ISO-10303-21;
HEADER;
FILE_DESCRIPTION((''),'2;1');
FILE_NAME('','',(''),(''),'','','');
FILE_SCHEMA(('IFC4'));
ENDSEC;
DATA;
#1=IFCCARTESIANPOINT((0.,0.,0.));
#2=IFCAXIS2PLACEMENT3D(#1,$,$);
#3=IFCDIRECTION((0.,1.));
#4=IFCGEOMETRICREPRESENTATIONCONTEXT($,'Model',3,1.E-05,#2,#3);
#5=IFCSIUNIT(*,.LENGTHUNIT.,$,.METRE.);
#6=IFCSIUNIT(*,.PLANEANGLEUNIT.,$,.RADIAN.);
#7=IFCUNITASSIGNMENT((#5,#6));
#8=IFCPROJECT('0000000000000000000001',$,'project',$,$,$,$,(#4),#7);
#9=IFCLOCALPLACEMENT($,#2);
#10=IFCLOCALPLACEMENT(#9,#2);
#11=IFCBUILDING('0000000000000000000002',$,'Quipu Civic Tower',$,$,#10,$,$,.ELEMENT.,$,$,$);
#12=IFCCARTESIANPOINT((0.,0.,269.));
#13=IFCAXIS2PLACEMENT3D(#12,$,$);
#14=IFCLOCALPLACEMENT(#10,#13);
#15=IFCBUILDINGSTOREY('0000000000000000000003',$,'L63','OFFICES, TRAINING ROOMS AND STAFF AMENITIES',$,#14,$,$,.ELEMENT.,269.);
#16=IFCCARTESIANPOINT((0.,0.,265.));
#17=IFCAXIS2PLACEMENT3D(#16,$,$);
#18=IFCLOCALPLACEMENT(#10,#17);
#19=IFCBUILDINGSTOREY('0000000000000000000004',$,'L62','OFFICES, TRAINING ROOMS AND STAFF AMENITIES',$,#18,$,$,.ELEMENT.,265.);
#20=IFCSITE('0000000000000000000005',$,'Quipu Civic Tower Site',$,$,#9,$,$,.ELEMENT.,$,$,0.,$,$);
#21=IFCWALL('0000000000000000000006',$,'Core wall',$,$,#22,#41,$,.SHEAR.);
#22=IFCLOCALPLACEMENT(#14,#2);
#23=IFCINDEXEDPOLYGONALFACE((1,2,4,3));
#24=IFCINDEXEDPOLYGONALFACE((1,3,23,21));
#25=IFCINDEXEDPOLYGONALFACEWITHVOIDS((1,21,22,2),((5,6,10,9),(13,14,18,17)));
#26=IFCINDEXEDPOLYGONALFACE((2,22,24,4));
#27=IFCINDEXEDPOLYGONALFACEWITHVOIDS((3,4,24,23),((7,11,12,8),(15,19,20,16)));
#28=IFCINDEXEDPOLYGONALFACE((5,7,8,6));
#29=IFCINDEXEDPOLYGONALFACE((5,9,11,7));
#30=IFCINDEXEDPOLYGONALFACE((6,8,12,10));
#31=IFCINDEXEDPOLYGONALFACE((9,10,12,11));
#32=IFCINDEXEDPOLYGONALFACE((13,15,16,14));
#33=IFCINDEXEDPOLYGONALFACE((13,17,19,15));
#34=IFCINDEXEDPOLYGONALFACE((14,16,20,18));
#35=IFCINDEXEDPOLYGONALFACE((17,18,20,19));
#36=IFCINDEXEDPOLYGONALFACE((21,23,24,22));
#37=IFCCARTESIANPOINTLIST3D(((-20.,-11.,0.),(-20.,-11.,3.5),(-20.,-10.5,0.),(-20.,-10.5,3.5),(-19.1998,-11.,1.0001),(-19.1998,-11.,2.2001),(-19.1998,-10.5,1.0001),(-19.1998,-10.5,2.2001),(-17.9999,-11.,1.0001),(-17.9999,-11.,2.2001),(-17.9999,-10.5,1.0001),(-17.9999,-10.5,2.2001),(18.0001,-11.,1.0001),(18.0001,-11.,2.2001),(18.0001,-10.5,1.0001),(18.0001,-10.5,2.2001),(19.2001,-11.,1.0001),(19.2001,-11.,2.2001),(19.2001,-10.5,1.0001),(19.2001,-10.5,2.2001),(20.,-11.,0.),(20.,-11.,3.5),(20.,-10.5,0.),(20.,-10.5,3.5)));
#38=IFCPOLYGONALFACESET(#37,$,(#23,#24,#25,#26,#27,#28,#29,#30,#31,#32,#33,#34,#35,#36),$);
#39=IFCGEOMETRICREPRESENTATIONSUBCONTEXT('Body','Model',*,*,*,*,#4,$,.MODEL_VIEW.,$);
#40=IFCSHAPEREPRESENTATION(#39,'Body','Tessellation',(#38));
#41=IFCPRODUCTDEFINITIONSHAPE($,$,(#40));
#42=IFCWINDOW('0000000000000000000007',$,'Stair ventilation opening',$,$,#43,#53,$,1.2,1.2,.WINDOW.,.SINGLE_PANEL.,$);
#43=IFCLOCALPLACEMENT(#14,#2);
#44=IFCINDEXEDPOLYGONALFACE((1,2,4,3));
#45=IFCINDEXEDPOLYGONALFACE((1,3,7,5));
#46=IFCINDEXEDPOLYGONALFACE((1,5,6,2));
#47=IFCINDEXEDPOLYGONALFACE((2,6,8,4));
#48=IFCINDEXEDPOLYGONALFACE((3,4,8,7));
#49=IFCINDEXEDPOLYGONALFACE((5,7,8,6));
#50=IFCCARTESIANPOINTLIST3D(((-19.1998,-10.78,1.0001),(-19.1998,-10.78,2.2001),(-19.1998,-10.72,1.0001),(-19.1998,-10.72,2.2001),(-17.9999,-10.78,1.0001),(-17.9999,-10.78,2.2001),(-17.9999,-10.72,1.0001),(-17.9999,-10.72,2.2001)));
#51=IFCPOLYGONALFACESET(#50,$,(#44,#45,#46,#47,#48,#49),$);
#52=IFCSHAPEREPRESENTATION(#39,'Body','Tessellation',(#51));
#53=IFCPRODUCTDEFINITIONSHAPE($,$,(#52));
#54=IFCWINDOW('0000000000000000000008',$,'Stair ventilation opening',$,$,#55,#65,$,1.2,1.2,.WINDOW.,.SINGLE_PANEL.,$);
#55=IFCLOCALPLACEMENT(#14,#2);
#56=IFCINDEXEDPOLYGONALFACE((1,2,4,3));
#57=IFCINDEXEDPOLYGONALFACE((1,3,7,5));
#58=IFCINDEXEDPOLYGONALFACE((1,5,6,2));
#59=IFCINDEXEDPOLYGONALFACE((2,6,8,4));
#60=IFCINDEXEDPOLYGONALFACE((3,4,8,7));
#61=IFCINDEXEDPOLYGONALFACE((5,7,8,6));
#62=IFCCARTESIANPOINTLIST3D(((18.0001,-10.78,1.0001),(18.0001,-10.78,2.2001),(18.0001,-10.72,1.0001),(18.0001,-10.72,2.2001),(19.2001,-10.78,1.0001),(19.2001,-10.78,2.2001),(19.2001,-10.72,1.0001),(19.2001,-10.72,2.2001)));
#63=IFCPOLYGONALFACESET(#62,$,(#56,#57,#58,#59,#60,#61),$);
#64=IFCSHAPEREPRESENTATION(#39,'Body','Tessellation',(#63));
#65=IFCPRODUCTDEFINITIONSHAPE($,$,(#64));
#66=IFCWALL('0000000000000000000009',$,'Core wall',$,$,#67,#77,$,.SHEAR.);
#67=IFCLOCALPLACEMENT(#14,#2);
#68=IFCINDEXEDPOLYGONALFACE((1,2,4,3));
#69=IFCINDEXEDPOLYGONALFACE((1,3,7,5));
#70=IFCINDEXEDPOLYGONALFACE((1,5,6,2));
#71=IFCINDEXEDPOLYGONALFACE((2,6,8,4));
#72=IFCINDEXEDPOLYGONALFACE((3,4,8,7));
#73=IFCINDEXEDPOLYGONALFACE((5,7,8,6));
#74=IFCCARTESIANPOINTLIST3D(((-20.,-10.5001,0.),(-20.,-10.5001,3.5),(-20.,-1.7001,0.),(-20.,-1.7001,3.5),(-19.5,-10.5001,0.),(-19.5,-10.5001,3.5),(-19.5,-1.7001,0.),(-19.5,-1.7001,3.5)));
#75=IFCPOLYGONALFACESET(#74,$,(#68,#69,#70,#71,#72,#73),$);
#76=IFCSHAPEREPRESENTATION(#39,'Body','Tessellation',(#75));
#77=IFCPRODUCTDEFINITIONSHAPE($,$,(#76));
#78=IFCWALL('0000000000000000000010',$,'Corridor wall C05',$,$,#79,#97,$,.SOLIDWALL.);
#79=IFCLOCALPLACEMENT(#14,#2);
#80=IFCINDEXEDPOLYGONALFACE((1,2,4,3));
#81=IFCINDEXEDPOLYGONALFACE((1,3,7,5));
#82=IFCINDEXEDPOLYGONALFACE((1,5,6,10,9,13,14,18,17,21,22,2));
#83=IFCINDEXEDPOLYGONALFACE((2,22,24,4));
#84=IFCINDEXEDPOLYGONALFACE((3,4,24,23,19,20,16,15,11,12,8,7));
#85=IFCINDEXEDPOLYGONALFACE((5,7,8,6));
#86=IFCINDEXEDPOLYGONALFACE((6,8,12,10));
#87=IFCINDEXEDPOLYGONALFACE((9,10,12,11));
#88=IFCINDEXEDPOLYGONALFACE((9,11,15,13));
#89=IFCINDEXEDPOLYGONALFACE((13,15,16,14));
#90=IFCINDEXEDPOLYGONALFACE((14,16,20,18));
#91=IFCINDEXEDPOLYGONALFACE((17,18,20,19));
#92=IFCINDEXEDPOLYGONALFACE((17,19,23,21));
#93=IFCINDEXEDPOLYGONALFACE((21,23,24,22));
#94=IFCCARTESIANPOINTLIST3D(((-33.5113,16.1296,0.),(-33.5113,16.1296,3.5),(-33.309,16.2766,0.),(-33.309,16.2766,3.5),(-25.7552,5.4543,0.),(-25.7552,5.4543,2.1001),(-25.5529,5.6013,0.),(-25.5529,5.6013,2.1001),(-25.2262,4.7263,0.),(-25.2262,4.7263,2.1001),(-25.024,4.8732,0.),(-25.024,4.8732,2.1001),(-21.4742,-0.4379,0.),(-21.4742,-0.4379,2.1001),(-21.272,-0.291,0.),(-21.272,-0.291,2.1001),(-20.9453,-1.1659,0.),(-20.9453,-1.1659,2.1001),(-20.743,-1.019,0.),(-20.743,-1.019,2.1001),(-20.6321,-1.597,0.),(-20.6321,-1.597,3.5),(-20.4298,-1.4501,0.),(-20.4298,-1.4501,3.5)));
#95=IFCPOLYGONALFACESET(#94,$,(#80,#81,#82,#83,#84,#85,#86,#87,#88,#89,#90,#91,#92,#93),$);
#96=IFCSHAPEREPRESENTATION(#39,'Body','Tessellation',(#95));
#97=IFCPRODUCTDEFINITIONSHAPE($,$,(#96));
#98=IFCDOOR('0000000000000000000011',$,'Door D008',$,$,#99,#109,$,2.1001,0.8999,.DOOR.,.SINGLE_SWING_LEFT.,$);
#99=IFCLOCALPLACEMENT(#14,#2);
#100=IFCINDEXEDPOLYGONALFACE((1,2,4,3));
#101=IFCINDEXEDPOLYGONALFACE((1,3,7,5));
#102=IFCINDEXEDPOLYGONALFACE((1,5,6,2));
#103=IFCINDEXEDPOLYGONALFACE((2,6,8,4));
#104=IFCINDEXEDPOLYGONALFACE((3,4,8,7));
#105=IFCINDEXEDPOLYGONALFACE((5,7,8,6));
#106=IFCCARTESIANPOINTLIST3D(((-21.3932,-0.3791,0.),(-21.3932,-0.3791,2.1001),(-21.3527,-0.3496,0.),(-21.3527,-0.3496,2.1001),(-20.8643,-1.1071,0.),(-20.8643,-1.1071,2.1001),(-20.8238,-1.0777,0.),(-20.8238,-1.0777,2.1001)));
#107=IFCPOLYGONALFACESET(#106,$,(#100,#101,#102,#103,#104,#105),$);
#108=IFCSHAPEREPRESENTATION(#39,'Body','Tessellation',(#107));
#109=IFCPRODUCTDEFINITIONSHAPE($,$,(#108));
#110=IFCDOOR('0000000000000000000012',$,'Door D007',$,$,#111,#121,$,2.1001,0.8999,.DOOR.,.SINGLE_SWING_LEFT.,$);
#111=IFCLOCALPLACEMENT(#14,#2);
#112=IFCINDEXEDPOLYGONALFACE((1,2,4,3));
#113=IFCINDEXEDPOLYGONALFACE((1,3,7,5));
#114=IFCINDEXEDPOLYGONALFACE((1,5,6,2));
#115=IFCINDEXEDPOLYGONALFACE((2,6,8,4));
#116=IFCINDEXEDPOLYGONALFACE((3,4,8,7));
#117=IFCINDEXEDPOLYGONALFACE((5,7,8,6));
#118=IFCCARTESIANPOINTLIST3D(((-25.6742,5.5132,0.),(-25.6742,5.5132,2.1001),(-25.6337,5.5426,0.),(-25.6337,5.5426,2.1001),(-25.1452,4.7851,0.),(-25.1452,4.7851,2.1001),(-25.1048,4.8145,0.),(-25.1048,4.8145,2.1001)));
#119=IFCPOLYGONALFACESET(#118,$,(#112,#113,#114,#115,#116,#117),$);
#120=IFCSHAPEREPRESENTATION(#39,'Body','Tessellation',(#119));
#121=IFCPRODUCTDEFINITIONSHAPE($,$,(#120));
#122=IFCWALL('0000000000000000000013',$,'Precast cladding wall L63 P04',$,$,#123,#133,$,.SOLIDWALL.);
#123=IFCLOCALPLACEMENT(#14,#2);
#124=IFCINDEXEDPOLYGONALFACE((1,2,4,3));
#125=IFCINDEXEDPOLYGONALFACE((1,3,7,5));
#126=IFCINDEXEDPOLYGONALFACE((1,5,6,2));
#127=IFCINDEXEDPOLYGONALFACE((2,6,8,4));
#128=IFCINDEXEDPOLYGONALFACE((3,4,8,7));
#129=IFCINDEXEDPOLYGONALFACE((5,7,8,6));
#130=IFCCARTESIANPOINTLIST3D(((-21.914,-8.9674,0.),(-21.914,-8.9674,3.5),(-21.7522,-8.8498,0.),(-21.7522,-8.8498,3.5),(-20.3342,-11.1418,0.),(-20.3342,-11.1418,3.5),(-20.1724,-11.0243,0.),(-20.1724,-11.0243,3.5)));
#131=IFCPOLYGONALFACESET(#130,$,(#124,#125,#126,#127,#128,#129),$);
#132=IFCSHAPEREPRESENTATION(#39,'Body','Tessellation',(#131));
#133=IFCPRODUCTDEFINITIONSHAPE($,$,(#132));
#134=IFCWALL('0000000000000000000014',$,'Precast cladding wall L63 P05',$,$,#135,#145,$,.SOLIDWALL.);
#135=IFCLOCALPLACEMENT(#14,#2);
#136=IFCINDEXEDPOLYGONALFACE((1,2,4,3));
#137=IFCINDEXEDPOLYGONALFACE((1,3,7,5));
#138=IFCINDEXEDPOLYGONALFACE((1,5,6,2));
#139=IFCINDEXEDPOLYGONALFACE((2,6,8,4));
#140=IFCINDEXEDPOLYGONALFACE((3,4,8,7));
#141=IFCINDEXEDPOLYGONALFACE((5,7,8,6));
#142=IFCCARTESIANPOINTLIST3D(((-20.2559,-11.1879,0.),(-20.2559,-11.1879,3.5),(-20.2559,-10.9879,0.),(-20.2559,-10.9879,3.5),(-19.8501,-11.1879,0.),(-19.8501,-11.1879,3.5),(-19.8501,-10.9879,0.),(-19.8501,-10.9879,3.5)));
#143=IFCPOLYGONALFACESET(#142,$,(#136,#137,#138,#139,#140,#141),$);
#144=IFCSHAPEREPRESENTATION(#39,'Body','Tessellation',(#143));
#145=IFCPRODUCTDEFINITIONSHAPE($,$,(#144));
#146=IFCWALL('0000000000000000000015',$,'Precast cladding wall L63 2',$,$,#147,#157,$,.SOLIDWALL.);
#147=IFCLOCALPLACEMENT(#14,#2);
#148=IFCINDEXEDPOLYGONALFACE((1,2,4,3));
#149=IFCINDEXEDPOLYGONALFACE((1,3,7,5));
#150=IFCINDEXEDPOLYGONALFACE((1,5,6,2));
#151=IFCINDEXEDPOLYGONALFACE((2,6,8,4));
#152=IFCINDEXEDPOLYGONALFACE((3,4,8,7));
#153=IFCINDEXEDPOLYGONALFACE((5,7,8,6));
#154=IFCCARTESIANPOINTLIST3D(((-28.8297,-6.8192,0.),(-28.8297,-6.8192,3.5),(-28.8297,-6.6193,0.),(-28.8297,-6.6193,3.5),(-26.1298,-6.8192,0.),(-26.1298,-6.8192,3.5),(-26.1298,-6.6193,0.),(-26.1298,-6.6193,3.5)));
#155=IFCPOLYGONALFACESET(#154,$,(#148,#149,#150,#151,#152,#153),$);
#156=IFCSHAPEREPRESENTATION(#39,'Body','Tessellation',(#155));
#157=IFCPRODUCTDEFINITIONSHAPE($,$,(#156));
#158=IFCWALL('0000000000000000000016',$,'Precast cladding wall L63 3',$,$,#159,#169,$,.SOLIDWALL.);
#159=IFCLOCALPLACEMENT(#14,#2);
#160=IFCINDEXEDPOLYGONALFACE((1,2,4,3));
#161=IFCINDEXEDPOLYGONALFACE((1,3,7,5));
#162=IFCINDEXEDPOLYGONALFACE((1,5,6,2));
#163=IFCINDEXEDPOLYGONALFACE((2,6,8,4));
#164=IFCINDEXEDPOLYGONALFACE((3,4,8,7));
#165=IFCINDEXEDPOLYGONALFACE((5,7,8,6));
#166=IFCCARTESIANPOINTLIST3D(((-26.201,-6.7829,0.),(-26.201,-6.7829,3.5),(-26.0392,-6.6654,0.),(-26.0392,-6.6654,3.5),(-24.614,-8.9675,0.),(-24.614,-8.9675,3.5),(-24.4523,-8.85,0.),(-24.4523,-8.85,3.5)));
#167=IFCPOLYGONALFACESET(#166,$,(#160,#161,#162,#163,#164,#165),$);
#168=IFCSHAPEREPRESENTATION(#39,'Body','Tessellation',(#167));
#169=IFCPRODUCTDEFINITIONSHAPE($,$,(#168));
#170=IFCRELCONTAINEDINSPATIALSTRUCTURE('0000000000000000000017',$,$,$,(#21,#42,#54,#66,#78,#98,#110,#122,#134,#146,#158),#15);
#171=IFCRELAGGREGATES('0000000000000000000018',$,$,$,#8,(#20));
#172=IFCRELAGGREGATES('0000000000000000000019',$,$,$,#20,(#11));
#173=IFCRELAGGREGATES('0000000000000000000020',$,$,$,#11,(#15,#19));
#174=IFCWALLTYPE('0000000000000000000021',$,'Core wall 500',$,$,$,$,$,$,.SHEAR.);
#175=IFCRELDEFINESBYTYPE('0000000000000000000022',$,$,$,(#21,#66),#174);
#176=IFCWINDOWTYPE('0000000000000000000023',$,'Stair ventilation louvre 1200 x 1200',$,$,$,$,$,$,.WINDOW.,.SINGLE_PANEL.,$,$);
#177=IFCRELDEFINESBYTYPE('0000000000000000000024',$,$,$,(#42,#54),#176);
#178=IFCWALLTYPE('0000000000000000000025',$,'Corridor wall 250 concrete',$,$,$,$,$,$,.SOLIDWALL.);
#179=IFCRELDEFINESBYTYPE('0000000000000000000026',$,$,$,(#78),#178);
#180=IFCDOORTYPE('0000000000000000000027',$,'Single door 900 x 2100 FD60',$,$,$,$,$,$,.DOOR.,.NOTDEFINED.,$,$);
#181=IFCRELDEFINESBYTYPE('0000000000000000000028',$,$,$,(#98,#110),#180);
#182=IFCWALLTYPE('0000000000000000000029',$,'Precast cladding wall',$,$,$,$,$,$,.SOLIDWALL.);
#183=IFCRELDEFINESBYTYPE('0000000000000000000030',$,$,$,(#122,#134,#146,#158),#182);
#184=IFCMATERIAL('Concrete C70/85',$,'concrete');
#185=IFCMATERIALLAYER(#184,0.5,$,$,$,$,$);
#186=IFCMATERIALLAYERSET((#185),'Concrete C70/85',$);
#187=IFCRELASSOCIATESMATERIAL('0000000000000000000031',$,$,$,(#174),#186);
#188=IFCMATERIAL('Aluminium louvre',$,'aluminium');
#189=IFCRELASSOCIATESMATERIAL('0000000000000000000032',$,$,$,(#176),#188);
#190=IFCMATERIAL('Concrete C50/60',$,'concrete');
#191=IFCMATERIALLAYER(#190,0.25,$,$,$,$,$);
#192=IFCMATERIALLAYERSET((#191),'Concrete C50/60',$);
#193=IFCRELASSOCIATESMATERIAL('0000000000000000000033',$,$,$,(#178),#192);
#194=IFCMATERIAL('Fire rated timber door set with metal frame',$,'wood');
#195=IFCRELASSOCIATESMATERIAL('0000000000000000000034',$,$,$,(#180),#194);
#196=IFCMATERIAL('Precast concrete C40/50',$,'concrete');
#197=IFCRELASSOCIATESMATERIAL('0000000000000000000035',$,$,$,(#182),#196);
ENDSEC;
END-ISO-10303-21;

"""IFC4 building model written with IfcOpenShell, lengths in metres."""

from ifc_helpers import new_model, si_unit, direction, frame, frame_2d, origin, place, context, subcontext, project, spatial, rectangle, extrude, material, layer, layer_set, type_object, element, fill, save


model = new_model("IFC4")

# Units and contexts
model_context = context("Model", 3, precision=1e-05, world=origin(), true_north=direction((0.0, 1.0)))
body_context = subcontext(model_context, "Body", "Model", "MODEL_VIEW")
ifc_project = project(units=[si_unit("LENGTHUNIT", "METRE"), si_unit("PLANEANGLEUNIT", "RADIAN")], contexts=[model_context])

# Site, building, storey
site_placement = place(None, origin())
site = spatial("IfcSite", under=ifc_project, at=site_placement, Name="Quipu Civic Tower Site", CompositionType="ELEMENT", RefElevation=0.0)
building_placement = place(site_placement, origin())
building = spatial("IfcBuilding", under=site, at=building_placement, Name="Quipu Civic Tower", CompositionType="ELEMENT")
storey_1_placement = place(building_placement, frame((0.0, 0.0, 269.0)))
storey_1 = spatial("IfcBuildingStorey", under=building, at=storey_1_placement, Name="L63", Description="OFFICES, TRAINING ROOMS AND STAFF AMENITIES", CompositionType="ELEMENT", Elevation=269.0)

# Shared definitions
storey_2_placement = place(building_placement, frame((0.0, 0.0, 265.0)))
storey_2 = spatial("IfcBuildingStorey", under=building, at=storey_2_placement, Name="L62", Description="OFFICES, TRAINING ROOMS AND STAFF AMENITIES", CompositionType="ELEMENT", Elevation=265.0)

# Wall, openings, windows
ifc_material_1 = material(Name="Concrete C70/85", Category="concrete")
ifc_layer_1 = layer(ifc_material_1, 0.5)
ifc_layer_set_1 = layer_set([ifc_layer_1], Name="Concrete C70/85")
wall_type_1 = type_object("IfcWallType", Name="Core wall 500", PredefinedType="SHEAR", material=ifc_layer_set_1)
wall_1_placement = place(storey_1_placement, frame((-20.0, -10.75, 0.0), z_axis=(0.0, 0.0, 1.0), x_axis=(1.0, 0.0, 0.0)))
wall_1 = element("IfcWall", 1, at=wall_1_placement, inside=storey_1, type_object=wall_type_1, Name="Core wall", PredefinedType="SHEAR", context=body_context, shape_type="SweptSolid", body=[
    extrude(rectangle(XDim=40.0, YDim=0.5, at=frame_2d((20.0, 0.0))), origin(), (0.0, 0.0, 1.0), 3.5),
])
opening_1_placement = place(wall_1_placement, frame((0.8, 0.0, 1.0)))
opening_1 = element("IfcOpeningElement", 2, at=opening_1_placement, cuts=wall_1, PredefinedType="OPENING", context=body_context, shape_type="SweptSolid", body=[
    extrude(rectangle(XDim=1.2, YDim=1.2, at=frame_2d((0.6001, 0.6001))), frame((0.0, 0.26, 0.0), z_axis=(0.0, -1.0, 0.0), x_axis=(1.0, 0.0, 0.0)), (0.0, 0.0, 1.0), 0.52),
])
opening_2_placement = place(wall_1_placement, frame((38.0, 0.0, 1.0)))
opening_2 = element("IfcOpeningElement", 3, at=opening_2_placement, cuts=wall_1, PredefinedType="OPENING", context=body_context, shape_type="SweptSolid", body=[
    extrude(rectangle(XDim=1.2, YDim=1.2, at=frame_2d((0.6001, 0.6001))), frame((0.0, 0.26, 0.0), z_axis=(0.0, -1.0, 0.0), x_axis=(1.0, 0.0, 0.0)), (0.0, 0.0, 1.0), 0.52),
])
ifc_material_2 = material(Name="Aluminium louvre", Category="aluminium")
window_type = type_object("IfcWindowType", Name="Stair ventilation louvre 1200 x 1200", PartitioningType="SINGLE_PANEL", PredefinedType="WINDOW", material=ifc_material_2)
window_1_placement = place(opening_1_placement, origin())
window_1 = element("IfcWindow", 4, at=window_1_placement, inside=storey_1, type_object=window_type, Name="Stair ventilation opening", OverallHeight=1.2, OverallWidth=1.2, PartitioningType="SINGLE_PANEL", PredefinedType="WINDOW", context=body_context, shape_type="SweptSolid", body=[
    extrude(rectangle(XDim=1.2, YDim=1.2, at=frame_2d((0.6001, 0.6001))), frame((0.0, 0.03, 0.0), z_axis=(0.0, -1.0, 0.0), x_axis=(1.0, 0.0, 0.0)), (0.0, 0.0, 1.0), 0.0601),
])
fill(opening_1, window_1)
window_2_placement = place(opening_2_placement, origin())
window_2 = element("IfcWindow", 5, at=window_2_placement, inside=storey_1, type_object=window_type, Name="Stair ventilation opening", OverallHeight=1.2, OverallWidth=1.2, PartitioningType="SINGLE_PANEL", PredefinedType="WINDOW", context=body_context, shape_type="SweptSolid", body=[
    extrude(rectangle(XDim=1.2, YDim=1.2, at=frame_2d((0.6001, 0.6001))), frame((0.0, 0.03, 0.0), z_axis=(0.0, -1.0, 0.0), x_axis=(1.0, 0.0, 0.0)), (0.0, 0.0, 1.0), 0.0601),
])
fill(opening_2, window_2)

# Wall
wall_2_placement = place(storey_1_placement, frame((-19.75, -10.5, 0.0), z_axis=(0.0, 0.0, 1.0), x_axis=(0.0, 1.0, 0.0)))
element("IfcWall", 6, at=wall_2_placement, inside=storey_1, type_object=wall_type_1, Name="Core wall", PredefinedType="SHEAR", context=body_context, shape_type="SweptSolid", body=[
    extrude(rectangle(XDim=8.8, YDim=0.5, at=frame_2d((4.3999, 0.0))), origin(), (0.0, 0.0, 1.0), 3.5),
])

# Wall, openings, doors
ifc_material_3 = material(Name="Concrete C50/60", Category="concrete")
ifc_layer_2 = layer(ifc_material_3, 0.25)
ifc_layer_set_2 = layer_set([ifc_layer_2], Name="Concrete C50/60")
wall_type_2 = type_object("IfcWallType", Name="Corridor wall 250 concrete", PredefinedType="SOLIDWALL", material=ifc_layer_set_2)
wall_3_placement = place(storey_1_placement, frame((-20.531, -1.5234, 0.0), z_axis=(0.0, 0.0, 1.0), x_axis=(-0.587787, 0.809016, 0.0)))
wall_3 = element("IfcWall", 7, at=wall_3_placement, inside=storey_1, type_object=wall_type_2, Name="Corridor wall C05", PredefinedType="SOLIDWALL", context=body_context, shape_type="SweptSolid", body=[
    extrude(rectangle(XDim=21.9114, YDim=0.25, at=frame_2d((10.9556, 0.0))), origin(), (0.0, 0.0, 1.0), 3.5),
])
opening_3_placement = place(wall_3_placement, frame((0.5327, 0.0, 0.0)))
opening_3 = element("IfcOpeningElement", 8, at=opening_3_placement, cuts=wall_3, PredefinedType="OPENING", context=body_context, shape_type="SweptSolid", body=[
    extrude(rectangle(XDim=0.8999, YDim=2.1001, at=frame_2d((0.45, 1.05))), frame((0.0, 0.135, 0.0), z_axis=(0.0, -1.0, 0.0), x_axis=(1.0, 0.0, 0.0)), (0.0, 0.0, 1.0), 0.27),
])
opening_4_placement = place(wall_3_placement, frame((7.8159, 0.0, 0.0)))
opening_4 = element("IfcOpeningElement", 9, at=opening_4_placement, cuts=wall_3, PredefinedType="OPENING", context=body_context, shape_type="SweptSolid", body=[
    extrude(rectangle(XDim=0.8999, YDim=2.1001, at=frame_2d((0.45, 1.05))), frame((0.0, 0.135, 0.0), z_axis=(0.0, -1.0, 0.0), x_axis=(1.0, 0.0, 0.0)), (0.0, 0.0, 1.0), 0.27),
])
ifc_material_4 = material(Name="Fire rated timber door set with metal frame", Category="wood")
door_type = type_object("IfcDoorType", Name="Single door 900 x 2100 FD60", OperationType="NOTDEFINED", PredefinedType="DOOR", material=ifc_material_4)
door_1_placement = place(opening_3_placement, origin())
door_1 = element("IfcDoor", 10, at=door_1_placement, inside=storey_1, type_object=door_type, Name="Door D008", OperationType="SINGLE_SWING_LEFT", OverallHeight=2.1001, OverallWidth=0.8999, PredefinedType="DOOR", context=body_context, shape_type="SweptSolid", body=[
    extrude(rectangle(XDim=0.8999, YDim=2.1001, at=frame_2d((0.45, 1.05))), frame((0.0, 0.0249, 0.0), z_axis=(0.0, -1.0, 0.0), x_axis=(1.0, 0.0, 0.0)), (0.0, 0.0, 1.0), 0.05),
])
fill(opening_3, door_1)
door_2_placement = place(opening_4_placement, origin())
door_2 = element("IfcDoor", 11, at=door_2_placement, inside=storey_1, type_object=door_type, Name="Door D007", OperationType="SINGLE_SWING_LEFT", OverallHeight=2.1001, OverallWidth=0.8999, PredefinedType="DOOR", context=body_context, shape_type="SweptSolid", body=[
    extrude(rectangle(XDim=0.8999, YDim=2.1001, at=frame_2d((0.45, 1.05))), frame((0.0, 0.0249, 0.0), z_axis=(0.0, -1.0, 0.0), x_axis=(1.0, 0.0, 0.0)), (0.0, 0.0, 1.0), 0.05),
])
fill(opening_4, door_2)

# Walls
ifc_material_5 = material(Name="Precast concrete C40/50", Category="concrete")
wall_type_3 = type_object("IfcWallType", Name="Precast cladding wall", PredefinedType="SOLIDWALL", material=ifc_material_5)
wall_4_placement = place(storey_1_placement, frame((-21.833, -8.9087, 0.0), z_axis=(0.0, 0.0, 1.0), x_axis=(0.587767, -0.809031, 0.0)))
element("IfcWall", 12, at=wall_4_placement, inside=storey_1, type_object=wall_type_3, Name="Precast cladding wall L63 P04", PredefinedType="SOLIDWALL", context=body_context, shape_type="SweptSolid", body=[
    extrude(rectangle(XDim=2.6877, YDim=0.2, at=frame_2d((1.3438, 0.0))), origin(), (0.0, 0.0, 1.0), 3.5),
])
wall_5_placement = place(storey_1_placement, frame((-20.2559, -11.0879, 0.0), z_axis=(0.0, 0.0, 1.0), x_axis=(1.0, 0.0, 0.0)))
element("IfcWall", 13, at=wall_5_placement, inside=storey_1, type_object=wall_type_3, Name="Precast cladding wall L63 P05", PredefinedType="SOLIDWALL", context=body_context, shape_type="SweptSolid", body=[
    extrude(rectangle(XDim=0.4058, YDim=0.2, at=frame_2d((0.2029, 0.0))), origin(), (0.0, 0.0, 1.0), 3.5),
])
wall_6_placement = place(storey_1_placement, frame((-28.8298, -6.7192, 0.0), z_axis=(0.0, 0.0, 1.0), x_axis=(1.0, 0.0, 0.0)))
element("IfcWall", 14, at=wall_6_placement, inside=storey_1, type_object=wall_type_3, Name="Precast cladding wall L63 2", PredefinedType="SOLIDWALL", context=body_context, shape_type="SweptSolid", body=[
    extrude(rectangle(XDim=2.7, YDim=0.2, at=frame_2d((1.3501, 0.0))), origin(), (0.0, 0.0, 1.0), 3.5),
])
wall_7_placement = place(storey_1_placement, frame((-26.1201, -6.7241, 0.0), z_axis=(0.0, 0.0, 1.0), x_axis=(0.58772, -0.809064, 0.0)))
element("IfcWall", 15, at=wall_7_placement, inside=storey_1, type_object=wall_type_3, Name="Precast cladding wall L63 3", PredefinedType="SOLIDWALL", context=body_context, shape_type="SweptSolid", body=[
    extrude(rectangle(XDim=2.7002, YDim=0.2, at=frame_2d((1.3501, 0.0))), origin(), (0.0, 0.0, 1.0), 3.5),
])

save(model, "model.ifc")
